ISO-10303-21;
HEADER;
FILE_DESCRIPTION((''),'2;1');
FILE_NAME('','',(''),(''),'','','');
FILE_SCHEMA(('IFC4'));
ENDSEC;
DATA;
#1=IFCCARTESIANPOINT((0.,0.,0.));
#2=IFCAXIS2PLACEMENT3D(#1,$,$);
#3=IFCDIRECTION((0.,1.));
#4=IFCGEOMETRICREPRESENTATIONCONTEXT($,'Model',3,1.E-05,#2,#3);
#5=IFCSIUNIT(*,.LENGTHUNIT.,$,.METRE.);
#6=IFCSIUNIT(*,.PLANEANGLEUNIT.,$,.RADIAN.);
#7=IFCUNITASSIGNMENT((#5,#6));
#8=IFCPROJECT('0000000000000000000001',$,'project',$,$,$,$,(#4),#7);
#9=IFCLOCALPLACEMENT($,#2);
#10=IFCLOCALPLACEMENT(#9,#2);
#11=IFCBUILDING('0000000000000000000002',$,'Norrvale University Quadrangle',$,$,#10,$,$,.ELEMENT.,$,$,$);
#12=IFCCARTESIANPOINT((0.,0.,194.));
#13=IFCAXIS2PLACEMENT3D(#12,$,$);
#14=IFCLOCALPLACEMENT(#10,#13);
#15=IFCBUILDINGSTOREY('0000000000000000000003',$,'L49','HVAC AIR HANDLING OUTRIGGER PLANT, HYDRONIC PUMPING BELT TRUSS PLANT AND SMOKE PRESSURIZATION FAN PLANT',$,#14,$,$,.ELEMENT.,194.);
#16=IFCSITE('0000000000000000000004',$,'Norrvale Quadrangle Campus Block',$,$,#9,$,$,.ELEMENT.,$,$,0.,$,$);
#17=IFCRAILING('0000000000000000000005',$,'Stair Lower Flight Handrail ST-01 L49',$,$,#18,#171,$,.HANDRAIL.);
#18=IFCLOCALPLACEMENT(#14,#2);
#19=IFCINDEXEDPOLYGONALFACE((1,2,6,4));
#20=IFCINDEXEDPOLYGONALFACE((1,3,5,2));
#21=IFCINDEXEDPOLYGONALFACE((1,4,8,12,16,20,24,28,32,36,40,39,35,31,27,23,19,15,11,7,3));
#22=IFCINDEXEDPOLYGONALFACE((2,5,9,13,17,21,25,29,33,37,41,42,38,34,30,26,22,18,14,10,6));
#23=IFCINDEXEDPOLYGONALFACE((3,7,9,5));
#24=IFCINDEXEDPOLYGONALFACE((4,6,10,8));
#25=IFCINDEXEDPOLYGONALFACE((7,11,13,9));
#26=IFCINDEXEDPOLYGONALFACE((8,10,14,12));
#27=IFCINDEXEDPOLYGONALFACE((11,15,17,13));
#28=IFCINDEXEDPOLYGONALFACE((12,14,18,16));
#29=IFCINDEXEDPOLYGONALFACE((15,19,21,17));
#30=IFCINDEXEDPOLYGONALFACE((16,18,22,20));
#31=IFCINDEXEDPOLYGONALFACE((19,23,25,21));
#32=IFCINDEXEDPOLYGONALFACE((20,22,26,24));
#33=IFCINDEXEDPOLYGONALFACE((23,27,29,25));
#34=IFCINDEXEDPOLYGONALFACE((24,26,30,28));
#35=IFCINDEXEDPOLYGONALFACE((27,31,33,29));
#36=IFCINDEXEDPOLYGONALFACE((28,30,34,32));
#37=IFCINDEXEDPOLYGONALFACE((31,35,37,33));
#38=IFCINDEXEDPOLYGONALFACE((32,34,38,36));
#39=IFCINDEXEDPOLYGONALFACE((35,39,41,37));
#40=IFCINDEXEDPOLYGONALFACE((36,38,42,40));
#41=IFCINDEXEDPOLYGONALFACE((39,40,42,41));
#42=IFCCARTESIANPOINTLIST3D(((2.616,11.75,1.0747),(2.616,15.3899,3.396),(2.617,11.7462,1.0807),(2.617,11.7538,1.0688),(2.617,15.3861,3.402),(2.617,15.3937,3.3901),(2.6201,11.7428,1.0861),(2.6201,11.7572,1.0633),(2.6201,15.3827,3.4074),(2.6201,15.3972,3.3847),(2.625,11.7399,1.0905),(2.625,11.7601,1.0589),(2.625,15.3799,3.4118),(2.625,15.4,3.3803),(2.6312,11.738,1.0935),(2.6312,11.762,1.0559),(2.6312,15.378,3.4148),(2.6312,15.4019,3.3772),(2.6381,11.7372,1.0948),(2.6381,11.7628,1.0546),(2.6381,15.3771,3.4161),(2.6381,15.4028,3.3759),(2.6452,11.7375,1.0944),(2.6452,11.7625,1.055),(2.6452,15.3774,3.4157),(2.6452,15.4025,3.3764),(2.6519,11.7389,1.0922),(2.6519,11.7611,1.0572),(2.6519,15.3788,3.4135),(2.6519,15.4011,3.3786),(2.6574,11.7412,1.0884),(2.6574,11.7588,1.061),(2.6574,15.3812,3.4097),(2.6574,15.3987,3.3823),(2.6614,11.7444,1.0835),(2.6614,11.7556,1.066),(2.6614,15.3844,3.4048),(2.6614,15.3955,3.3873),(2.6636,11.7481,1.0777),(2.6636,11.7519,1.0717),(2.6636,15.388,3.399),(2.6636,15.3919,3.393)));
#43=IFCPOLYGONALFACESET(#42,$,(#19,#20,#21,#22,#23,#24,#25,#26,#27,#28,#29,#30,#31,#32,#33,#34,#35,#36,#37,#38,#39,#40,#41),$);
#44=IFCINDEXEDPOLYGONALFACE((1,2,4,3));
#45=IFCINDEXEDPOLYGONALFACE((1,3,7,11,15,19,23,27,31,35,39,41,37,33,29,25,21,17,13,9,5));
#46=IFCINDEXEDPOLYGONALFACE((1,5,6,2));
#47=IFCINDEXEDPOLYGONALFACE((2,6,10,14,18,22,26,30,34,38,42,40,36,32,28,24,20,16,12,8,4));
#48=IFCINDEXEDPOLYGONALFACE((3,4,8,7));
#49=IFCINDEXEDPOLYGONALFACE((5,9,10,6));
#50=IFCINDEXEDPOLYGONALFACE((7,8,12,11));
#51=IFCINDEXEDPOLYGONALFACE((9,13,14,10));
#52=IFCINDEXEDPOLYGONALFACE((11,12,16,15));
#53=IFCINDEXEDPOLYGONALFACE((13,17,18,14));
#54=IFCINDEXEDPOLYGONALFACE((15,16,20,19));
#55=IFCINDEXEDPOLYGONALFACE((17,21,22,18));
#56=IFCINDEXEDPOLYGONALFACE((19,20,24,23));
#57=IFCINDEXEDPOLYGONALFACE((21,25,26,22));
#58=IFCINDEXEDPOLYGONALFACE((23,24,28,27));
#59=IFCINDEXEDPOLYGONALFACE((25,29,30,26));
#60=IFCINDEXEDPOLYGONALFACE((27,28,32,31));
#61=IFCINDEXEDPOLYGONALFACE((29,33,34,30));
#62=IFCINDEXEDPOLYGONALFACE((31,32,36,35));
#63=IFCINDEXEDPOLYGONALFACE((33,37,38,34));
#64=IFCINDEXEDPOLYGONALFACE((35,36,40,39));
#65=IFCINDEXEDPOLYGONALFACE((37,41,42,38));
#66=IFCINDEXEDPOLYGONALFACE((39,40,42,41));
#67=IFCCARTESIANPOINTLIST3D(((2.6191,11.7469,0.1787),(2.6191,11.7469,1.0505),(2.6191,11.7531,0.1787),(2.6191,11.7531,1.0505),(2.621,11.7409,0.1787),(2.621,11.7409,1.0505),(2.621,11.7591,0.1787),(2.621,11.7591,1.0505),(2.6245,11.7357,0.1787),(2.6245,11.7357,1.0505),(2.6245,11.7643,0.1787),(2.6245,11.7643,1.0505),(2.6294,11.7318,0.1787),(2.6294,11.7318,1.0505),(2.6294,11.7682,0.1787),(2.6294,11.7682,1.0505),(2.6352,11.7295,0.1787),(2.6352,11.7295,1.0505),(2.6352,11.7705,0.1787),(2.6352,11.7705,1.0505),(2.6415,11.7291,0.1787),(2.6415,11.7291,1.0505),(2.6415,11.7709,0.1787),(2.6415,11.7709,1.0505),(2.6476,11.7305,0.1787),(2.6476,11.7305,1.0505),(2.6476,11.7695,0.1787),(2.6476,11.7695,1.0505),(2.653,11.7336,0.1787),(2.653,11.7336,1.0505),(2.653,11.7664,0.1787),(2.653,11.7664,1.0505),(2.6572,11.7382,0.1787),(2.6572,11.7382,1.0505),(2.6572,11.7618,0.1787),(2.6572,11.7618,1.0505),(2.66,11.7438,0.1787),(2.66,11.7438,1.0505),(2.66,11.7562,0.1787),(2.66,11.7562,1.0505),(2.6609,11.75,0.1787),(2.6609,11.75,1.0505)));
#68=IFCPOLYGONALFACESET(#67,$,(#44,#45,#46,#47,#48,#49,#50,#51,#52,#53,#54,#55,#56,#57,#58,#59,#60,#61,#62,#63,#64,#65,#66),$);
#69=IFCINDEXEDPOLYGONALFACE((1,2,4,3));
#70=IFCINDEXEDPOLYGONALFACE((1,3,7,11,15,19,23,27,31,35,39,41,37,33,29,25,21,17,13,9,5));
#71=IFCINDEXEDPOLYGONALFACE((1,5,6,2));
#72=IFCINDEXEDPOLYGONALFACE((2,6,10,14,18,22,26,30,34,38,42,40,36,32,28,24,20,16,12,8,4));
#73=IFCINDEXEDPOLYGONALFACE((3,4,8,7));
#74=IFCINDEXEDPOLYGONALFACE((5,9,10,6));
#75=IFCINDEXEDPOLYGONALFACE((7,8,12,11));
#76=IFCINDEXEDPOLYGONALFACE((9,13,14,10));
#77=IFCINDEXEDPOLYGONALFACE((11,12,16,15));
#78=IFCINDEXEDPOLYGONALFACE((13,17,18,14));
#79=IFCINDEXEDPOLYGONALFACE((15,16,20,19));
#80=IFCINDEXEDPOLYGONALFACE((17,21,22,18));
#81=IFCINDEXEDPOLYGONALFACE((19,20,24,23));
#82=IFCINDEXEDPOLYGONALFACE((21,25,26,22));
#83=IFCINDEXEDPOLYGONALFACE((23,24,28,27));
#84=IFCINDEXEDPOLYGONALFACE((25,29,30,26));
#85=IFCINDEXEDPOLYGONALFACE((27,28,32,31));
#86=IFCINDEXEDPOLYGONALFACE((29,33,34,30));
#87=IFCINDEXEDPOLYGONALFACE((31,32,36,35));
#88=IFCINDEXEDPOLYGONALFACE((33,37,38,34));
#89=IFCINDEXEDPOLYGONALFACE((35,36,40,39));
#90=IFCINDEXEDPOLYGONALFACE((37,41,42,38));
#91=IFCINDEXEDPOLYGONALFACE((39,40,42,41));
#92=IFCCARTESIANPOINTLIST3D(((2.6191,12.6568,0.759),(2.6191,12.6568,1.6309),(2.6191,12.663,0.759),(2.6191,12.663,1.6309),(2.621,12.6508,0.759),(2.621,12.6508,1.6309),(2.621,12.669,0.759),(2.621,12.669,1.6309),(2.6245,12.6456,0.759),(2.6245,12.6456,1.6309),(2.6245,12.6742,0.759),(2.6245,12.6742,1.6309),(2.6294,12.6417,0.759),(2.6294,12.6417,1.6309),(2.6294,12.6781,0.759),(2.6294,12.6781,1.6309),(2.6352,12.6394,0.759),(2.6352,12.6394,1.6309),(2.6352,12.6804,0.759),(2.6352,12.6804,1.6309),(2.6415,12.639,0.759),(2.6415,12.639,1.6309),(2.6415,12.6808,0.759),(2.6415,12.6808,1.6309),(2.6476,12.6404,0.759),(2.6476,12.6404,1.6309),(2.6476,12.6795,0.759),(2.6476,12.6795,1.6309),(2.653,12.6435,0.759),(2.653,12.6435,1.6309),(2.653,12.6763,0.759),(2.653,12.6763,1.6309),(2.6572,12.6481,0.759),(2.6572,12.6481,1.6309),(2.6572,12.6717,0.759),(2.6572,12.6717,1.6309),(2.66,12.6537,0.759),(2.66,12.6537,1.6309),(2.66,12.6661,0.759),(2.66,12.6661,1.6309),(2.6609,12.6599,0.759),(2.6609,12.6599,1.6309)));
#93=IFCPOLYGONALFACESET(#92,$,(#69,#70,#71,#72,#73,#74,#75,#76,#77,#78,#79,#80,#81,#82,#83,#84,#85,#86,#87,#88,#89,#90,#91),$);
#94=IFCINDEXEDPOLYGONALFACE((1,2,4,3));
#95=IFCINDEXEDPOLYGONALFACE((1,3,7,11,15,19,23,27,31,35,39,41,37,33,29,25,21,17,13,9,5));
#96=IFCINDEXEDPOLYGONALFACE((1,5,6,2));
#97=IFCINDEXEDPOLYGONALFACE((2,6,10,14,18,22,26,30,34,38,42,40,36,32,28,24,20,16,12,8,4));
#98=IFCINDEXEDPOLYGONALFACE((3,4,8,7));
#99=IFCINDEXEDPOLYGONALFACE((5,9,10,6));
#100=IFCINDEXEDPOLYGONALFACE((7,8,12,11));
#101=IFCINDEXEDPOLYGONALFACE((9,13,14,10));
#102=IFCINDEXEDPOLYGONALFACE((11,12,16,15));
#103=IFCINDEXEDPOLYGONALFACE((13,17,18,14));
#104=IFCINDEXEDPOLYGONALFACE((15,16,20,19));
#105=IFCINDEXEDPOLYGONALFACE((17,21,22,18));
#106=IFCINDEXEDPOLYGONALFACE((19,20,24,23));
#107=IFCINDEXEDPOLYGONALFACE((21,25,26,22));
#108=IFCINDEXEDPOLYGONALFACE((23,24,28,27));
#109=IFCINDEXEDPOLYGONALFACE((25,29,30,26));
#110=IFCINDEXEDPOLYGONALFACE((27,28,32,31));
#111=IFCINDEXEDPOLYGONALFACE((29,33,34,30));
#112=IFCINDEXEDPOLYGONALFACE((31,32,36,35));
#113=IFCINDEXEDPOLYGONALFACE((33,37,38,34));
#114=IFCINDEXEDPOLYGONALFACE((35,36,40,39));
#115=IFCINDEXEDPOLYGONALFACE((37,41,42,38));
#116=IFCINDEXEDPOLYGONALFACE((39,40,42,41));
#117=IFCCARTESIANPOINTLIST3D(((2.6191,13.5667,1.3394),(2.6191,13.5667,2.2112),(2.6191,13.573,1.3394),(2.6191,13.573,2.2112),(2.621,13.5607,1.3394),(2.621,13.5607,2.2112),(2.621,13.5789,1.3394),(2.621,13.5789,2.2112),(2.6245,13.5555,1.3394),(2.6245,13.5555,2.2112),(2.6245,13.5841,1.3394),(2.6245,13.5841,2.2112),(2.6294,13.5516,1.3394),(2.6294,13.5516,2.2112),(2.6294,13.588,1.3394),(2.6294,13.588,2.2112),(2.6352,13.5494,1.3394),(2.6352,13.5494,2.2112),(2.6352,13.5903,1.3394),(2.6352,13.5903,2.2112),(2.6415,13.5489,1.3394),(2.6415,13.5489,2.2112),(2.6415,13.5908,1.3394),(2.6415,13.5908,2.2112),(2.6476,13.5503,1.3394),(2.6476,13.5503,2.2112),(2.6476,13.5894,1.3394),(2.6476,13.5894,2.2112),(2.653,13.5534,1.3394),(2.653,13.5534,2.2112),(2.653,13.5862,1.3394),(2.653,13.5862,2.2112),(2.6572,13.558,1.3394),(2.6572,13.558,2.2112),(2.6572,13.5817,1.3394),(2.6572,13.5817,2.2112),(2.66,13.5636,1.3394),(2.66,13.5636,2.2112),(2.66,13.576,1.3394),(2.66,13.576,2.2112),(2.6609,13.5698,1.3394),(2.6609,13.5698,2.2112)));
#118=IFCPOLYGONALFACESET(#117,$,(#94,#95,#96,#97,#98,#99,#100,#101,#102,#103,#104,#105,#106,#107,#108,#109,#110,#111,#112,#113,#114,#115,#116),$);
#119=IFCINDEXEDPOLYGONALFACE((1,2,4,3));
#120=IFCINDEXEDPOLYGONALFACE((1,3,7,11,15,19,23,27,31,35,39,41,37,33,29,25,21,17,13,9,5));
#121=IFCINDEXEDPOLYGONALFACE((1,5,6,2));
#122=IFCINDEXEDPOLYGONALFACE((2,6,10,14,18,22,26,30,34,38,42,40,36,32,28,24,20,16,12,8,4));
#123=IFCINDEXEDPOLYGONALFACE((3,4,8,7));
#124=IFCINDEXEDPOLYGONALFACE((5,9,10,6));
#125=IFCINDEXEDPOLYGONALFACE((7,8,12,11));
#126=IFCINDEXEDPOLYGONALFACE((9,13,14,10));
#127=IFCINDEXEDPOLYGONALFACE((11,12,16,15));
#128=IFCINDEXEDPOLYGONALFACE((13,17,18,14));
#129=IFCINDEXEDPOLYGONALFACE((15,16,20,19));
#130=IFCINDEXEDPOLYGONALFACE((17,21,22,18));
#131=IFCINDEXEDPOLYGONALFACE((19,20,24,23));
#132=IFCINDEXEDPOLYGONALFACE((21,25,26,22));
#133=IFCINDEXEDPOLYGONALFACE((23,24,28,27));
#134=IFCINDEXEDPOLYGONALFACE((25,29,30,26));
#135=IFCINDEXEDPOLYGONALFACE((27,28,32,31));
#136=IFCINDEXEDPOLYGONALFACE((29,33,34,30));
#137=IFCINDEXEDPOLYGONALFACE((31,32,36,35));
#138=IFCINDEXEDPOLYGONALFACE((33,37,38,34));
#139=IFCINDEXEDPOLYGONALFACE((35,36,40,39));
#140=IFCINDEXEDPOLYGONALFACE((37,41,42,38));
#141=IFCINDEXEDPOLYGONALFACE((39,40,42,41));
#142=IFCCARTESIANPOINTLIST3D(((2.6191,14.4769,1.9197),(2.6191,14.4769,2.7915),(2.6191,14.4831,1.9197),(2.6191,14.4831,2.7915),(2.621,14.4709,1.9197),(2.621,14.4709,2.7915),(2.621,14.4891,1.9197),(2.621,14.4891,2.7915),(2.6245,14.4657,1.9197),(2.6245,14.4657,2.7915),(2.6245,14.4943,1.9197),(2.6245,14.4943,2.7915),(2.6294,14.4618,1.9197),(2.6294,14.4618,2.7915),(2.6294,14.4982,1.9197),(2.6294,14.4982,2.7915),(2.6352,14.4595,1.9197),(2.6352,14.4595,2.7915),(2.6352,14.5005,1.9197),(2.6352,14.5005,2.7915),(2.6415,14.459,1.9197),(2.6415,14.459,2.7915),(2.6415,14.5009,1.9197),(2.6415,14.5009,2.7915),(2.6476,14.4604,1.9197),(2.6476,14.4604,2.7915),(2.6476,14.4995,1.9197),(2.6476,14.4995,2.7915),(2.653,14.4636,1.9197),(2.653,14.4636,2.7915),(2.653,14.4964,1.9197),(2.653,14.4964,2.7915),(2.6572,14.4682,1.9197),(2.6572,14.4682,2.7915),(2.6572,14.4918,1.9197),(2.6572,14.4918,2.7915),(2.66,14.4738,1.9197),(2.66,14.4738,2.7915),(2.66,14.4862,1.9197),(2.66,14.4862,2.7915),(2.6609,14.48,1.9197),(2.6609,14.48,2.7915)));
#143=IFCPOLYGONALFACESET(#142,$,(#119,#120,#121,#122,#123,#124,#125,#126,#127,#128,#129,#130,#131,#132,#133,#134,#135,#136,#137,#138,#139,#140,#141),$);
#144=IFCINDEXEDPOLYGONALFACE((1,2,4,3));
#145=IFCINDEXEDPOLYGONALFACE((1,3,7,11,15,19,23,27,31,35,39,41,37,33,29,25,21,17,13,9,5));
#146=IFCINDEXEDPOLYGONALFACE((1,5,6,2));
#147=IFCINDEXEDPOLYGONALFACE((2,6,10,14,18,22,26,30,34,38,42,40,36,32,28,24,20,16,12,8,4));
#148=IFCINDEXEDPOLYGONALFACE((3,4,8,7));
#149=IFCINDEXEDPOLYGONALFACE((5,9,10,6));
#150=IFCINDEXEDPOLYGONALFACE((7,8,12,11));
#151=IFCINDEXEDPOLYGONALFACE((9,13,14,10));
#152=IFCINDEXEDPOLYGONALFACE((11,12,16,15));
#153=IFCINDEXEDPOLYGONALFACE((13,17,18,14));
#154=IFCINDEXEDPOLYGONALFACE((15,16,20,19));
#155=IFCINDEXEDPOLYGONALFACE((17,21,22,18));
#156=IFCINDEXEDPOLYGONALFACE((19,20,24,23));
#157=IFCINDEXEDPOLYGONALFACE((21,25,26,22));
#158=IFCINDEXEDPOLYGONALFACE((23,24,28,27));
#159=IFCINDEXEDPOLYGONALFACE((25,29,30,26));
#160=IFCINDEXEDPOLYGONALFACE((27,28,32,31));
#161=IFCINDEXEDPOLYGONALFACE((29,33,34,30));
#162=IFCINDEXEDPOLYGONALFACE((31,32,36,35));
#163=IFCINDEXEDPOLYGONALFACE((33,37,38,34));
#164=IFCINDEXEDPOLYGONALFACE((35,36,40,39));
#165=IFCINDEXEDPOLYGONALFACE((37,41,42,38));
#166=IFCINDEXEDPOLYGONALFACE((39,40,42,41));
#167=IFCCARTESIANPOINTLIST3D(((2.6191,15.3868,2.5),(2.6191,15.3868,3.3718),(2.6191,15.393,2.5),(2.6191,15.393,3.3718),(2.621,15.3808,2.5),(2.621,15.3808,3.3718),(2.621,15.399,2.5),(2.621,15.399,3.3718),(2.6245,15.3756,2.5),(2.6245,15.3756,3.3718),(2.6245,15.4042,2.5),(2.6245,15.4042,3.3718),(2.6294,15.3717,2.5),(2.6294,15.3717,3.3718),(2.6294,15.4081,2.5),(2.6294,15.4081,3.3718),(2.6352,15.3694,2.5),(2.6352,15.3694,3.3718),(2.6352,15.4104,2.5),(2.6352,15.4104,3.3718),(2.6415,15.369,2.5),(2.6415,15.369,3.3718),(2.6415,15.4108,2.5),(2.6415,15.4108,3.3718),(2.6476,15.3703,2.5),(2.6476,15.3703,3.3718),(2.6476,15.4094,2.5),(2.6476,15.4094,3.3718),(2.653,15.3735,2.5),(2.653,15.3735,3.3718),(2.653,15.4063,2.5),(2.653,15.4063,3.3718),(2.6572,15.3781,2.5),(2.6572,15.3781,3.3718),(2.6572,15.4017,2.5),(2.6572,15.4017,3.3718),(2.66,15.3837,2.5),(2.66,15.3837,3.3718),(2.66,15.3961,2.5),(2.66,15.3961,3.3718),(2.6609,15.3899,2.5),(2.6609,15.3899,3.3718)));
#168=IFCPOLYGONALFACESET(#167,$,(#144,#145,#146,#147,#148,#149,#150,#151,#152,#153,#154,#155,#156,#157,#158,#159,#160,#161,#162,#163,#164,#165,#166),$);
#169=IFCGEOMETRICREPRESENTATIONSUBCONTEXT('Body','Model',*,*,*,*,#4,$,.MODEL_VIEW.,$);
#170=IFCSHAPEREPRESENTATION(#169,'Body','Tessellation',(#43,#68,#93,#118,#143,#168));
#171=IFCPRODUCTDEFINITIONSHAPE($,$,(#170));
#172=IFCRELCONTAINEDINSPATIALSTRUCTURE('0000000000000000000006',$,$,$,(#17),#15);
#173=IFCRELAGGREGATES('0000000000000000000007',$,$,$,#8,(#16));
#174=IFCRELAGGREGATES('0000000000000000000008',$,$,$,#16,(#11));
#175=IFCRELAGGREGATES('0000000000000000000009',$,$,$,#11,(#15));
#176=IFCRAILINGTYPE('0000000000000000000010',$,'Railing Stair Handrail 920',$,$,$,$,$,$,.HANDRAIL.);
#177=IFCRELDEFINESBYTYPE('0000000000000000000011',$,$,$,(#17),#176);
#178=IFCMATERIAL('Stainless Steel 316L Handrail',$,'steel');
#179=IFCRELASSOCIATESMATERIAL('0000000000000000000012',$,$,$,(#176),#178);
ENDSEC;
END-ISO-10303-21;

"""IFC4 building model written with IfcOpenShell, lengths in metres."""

from ifc_helpers import new_model, si_unit, direction, frame, origin, origin_2d, place, context, subcontext, project, spatial, circle, extrude, material, type_object, element, save


model = new_model("IFC4")

# Units and contexts
model_context = context("Model", 3, precision=1e-05, world=origin(), true_north=direction((0.0, 1.0)))
body_context = subcontext(model_context, "Body", "Model", "MODEL_VIEW")
ifc_project = project(units=[si_unit("LENGTHUNIT", "METRE"), si_unit("PLANEANGLEUNIT", "RADIAN")], contexts=[model_context])

# Site, building, storey
site_placement = place(None, origin())
site = spatial("IfcSite", under=ifc_project, at=site_placement, Name="Norrvale Quadrangle Campus Block", CompositionType="ELEMENT", RefElevation=0.0)
building_placement = place(site_placement, origin())
building = spatial("IfcBuilding", under=site, at=building_placement, Name="Norrvale University Quadrangle", CompositionType="ELEMENT")
storey_placement = place(building_placement, frame((0.0, 0.0, 194.0)))
storey = spatial("IfcBuildingStorey", under=building, at=storey_placement, Name="L49", Description="HVAC AIR HANDLING OUTRIGGER PLANT, HYDRONIC PUMPING BELT TRUSS PLANT AND SMOKE PRESSURIZATION FAN PLANT", CompositionType="ELEMENT", Elevation=194.0)

# Railing
ifc_material_1 = material(Name="Stainless Steel 316L Handrail", Category="steel")
railing_type_1 = type_object("IfcRailingType", Name="Railing Stair Handrail 920", PredefinedType="HANDRAIL", material=ifc_material_1)
railing_1_placement = place(storey_placement, frame((2.6399, 11.75, 0.1787)))
element("IfcRailing", 1, at=railing_1_placement, inside=storey, type_object=railing_type_1, Name="Stair Lower Flight Handrail ST-01 L49", PredefinedType="HANDRAIL", context=body_context, shape_type="SweptSolid", body=[
    extrude(circle(Radius=0.0239, at=origin_2d()), frame((0.0, 0.0, 0.896), z_axis=(0.0, 0.843137, 0.537699), x_axis=(-1.0, 0.0, 0.0)), (0.0, 0.0, 1.0), 4.3171),
    extrude(circle(Radius=0.021, at=origin_2d()), origin(), (0.0, 0.0, 1.0), 0.8718),
    extrude(circle(Radius=0.021, at=origin_2d()), frame((0.0, 0.9099, 0.5803)), (0.0, 0.0, 1.0), 0.8718),
    extrude(circle(Radius=0.021, at=origin_2d()), frame((0.0, 1.8198, 1.1606)), (0.0, 0.0, 1.0), 0.8718),
    extrude(circle(Radius=0.021, at=origin_2d()), frame((0.0, 2.73, 1.741)), (0.0, 0.0, 1.0), 0.8718),
    extrude(circle(Radius=0.021, at=origin_2d()), frame((0.0, 3.6399, 2.3213)), (0.0, 0.0, 1.0), 0.8718),
])

save(model, "model.ifc")
